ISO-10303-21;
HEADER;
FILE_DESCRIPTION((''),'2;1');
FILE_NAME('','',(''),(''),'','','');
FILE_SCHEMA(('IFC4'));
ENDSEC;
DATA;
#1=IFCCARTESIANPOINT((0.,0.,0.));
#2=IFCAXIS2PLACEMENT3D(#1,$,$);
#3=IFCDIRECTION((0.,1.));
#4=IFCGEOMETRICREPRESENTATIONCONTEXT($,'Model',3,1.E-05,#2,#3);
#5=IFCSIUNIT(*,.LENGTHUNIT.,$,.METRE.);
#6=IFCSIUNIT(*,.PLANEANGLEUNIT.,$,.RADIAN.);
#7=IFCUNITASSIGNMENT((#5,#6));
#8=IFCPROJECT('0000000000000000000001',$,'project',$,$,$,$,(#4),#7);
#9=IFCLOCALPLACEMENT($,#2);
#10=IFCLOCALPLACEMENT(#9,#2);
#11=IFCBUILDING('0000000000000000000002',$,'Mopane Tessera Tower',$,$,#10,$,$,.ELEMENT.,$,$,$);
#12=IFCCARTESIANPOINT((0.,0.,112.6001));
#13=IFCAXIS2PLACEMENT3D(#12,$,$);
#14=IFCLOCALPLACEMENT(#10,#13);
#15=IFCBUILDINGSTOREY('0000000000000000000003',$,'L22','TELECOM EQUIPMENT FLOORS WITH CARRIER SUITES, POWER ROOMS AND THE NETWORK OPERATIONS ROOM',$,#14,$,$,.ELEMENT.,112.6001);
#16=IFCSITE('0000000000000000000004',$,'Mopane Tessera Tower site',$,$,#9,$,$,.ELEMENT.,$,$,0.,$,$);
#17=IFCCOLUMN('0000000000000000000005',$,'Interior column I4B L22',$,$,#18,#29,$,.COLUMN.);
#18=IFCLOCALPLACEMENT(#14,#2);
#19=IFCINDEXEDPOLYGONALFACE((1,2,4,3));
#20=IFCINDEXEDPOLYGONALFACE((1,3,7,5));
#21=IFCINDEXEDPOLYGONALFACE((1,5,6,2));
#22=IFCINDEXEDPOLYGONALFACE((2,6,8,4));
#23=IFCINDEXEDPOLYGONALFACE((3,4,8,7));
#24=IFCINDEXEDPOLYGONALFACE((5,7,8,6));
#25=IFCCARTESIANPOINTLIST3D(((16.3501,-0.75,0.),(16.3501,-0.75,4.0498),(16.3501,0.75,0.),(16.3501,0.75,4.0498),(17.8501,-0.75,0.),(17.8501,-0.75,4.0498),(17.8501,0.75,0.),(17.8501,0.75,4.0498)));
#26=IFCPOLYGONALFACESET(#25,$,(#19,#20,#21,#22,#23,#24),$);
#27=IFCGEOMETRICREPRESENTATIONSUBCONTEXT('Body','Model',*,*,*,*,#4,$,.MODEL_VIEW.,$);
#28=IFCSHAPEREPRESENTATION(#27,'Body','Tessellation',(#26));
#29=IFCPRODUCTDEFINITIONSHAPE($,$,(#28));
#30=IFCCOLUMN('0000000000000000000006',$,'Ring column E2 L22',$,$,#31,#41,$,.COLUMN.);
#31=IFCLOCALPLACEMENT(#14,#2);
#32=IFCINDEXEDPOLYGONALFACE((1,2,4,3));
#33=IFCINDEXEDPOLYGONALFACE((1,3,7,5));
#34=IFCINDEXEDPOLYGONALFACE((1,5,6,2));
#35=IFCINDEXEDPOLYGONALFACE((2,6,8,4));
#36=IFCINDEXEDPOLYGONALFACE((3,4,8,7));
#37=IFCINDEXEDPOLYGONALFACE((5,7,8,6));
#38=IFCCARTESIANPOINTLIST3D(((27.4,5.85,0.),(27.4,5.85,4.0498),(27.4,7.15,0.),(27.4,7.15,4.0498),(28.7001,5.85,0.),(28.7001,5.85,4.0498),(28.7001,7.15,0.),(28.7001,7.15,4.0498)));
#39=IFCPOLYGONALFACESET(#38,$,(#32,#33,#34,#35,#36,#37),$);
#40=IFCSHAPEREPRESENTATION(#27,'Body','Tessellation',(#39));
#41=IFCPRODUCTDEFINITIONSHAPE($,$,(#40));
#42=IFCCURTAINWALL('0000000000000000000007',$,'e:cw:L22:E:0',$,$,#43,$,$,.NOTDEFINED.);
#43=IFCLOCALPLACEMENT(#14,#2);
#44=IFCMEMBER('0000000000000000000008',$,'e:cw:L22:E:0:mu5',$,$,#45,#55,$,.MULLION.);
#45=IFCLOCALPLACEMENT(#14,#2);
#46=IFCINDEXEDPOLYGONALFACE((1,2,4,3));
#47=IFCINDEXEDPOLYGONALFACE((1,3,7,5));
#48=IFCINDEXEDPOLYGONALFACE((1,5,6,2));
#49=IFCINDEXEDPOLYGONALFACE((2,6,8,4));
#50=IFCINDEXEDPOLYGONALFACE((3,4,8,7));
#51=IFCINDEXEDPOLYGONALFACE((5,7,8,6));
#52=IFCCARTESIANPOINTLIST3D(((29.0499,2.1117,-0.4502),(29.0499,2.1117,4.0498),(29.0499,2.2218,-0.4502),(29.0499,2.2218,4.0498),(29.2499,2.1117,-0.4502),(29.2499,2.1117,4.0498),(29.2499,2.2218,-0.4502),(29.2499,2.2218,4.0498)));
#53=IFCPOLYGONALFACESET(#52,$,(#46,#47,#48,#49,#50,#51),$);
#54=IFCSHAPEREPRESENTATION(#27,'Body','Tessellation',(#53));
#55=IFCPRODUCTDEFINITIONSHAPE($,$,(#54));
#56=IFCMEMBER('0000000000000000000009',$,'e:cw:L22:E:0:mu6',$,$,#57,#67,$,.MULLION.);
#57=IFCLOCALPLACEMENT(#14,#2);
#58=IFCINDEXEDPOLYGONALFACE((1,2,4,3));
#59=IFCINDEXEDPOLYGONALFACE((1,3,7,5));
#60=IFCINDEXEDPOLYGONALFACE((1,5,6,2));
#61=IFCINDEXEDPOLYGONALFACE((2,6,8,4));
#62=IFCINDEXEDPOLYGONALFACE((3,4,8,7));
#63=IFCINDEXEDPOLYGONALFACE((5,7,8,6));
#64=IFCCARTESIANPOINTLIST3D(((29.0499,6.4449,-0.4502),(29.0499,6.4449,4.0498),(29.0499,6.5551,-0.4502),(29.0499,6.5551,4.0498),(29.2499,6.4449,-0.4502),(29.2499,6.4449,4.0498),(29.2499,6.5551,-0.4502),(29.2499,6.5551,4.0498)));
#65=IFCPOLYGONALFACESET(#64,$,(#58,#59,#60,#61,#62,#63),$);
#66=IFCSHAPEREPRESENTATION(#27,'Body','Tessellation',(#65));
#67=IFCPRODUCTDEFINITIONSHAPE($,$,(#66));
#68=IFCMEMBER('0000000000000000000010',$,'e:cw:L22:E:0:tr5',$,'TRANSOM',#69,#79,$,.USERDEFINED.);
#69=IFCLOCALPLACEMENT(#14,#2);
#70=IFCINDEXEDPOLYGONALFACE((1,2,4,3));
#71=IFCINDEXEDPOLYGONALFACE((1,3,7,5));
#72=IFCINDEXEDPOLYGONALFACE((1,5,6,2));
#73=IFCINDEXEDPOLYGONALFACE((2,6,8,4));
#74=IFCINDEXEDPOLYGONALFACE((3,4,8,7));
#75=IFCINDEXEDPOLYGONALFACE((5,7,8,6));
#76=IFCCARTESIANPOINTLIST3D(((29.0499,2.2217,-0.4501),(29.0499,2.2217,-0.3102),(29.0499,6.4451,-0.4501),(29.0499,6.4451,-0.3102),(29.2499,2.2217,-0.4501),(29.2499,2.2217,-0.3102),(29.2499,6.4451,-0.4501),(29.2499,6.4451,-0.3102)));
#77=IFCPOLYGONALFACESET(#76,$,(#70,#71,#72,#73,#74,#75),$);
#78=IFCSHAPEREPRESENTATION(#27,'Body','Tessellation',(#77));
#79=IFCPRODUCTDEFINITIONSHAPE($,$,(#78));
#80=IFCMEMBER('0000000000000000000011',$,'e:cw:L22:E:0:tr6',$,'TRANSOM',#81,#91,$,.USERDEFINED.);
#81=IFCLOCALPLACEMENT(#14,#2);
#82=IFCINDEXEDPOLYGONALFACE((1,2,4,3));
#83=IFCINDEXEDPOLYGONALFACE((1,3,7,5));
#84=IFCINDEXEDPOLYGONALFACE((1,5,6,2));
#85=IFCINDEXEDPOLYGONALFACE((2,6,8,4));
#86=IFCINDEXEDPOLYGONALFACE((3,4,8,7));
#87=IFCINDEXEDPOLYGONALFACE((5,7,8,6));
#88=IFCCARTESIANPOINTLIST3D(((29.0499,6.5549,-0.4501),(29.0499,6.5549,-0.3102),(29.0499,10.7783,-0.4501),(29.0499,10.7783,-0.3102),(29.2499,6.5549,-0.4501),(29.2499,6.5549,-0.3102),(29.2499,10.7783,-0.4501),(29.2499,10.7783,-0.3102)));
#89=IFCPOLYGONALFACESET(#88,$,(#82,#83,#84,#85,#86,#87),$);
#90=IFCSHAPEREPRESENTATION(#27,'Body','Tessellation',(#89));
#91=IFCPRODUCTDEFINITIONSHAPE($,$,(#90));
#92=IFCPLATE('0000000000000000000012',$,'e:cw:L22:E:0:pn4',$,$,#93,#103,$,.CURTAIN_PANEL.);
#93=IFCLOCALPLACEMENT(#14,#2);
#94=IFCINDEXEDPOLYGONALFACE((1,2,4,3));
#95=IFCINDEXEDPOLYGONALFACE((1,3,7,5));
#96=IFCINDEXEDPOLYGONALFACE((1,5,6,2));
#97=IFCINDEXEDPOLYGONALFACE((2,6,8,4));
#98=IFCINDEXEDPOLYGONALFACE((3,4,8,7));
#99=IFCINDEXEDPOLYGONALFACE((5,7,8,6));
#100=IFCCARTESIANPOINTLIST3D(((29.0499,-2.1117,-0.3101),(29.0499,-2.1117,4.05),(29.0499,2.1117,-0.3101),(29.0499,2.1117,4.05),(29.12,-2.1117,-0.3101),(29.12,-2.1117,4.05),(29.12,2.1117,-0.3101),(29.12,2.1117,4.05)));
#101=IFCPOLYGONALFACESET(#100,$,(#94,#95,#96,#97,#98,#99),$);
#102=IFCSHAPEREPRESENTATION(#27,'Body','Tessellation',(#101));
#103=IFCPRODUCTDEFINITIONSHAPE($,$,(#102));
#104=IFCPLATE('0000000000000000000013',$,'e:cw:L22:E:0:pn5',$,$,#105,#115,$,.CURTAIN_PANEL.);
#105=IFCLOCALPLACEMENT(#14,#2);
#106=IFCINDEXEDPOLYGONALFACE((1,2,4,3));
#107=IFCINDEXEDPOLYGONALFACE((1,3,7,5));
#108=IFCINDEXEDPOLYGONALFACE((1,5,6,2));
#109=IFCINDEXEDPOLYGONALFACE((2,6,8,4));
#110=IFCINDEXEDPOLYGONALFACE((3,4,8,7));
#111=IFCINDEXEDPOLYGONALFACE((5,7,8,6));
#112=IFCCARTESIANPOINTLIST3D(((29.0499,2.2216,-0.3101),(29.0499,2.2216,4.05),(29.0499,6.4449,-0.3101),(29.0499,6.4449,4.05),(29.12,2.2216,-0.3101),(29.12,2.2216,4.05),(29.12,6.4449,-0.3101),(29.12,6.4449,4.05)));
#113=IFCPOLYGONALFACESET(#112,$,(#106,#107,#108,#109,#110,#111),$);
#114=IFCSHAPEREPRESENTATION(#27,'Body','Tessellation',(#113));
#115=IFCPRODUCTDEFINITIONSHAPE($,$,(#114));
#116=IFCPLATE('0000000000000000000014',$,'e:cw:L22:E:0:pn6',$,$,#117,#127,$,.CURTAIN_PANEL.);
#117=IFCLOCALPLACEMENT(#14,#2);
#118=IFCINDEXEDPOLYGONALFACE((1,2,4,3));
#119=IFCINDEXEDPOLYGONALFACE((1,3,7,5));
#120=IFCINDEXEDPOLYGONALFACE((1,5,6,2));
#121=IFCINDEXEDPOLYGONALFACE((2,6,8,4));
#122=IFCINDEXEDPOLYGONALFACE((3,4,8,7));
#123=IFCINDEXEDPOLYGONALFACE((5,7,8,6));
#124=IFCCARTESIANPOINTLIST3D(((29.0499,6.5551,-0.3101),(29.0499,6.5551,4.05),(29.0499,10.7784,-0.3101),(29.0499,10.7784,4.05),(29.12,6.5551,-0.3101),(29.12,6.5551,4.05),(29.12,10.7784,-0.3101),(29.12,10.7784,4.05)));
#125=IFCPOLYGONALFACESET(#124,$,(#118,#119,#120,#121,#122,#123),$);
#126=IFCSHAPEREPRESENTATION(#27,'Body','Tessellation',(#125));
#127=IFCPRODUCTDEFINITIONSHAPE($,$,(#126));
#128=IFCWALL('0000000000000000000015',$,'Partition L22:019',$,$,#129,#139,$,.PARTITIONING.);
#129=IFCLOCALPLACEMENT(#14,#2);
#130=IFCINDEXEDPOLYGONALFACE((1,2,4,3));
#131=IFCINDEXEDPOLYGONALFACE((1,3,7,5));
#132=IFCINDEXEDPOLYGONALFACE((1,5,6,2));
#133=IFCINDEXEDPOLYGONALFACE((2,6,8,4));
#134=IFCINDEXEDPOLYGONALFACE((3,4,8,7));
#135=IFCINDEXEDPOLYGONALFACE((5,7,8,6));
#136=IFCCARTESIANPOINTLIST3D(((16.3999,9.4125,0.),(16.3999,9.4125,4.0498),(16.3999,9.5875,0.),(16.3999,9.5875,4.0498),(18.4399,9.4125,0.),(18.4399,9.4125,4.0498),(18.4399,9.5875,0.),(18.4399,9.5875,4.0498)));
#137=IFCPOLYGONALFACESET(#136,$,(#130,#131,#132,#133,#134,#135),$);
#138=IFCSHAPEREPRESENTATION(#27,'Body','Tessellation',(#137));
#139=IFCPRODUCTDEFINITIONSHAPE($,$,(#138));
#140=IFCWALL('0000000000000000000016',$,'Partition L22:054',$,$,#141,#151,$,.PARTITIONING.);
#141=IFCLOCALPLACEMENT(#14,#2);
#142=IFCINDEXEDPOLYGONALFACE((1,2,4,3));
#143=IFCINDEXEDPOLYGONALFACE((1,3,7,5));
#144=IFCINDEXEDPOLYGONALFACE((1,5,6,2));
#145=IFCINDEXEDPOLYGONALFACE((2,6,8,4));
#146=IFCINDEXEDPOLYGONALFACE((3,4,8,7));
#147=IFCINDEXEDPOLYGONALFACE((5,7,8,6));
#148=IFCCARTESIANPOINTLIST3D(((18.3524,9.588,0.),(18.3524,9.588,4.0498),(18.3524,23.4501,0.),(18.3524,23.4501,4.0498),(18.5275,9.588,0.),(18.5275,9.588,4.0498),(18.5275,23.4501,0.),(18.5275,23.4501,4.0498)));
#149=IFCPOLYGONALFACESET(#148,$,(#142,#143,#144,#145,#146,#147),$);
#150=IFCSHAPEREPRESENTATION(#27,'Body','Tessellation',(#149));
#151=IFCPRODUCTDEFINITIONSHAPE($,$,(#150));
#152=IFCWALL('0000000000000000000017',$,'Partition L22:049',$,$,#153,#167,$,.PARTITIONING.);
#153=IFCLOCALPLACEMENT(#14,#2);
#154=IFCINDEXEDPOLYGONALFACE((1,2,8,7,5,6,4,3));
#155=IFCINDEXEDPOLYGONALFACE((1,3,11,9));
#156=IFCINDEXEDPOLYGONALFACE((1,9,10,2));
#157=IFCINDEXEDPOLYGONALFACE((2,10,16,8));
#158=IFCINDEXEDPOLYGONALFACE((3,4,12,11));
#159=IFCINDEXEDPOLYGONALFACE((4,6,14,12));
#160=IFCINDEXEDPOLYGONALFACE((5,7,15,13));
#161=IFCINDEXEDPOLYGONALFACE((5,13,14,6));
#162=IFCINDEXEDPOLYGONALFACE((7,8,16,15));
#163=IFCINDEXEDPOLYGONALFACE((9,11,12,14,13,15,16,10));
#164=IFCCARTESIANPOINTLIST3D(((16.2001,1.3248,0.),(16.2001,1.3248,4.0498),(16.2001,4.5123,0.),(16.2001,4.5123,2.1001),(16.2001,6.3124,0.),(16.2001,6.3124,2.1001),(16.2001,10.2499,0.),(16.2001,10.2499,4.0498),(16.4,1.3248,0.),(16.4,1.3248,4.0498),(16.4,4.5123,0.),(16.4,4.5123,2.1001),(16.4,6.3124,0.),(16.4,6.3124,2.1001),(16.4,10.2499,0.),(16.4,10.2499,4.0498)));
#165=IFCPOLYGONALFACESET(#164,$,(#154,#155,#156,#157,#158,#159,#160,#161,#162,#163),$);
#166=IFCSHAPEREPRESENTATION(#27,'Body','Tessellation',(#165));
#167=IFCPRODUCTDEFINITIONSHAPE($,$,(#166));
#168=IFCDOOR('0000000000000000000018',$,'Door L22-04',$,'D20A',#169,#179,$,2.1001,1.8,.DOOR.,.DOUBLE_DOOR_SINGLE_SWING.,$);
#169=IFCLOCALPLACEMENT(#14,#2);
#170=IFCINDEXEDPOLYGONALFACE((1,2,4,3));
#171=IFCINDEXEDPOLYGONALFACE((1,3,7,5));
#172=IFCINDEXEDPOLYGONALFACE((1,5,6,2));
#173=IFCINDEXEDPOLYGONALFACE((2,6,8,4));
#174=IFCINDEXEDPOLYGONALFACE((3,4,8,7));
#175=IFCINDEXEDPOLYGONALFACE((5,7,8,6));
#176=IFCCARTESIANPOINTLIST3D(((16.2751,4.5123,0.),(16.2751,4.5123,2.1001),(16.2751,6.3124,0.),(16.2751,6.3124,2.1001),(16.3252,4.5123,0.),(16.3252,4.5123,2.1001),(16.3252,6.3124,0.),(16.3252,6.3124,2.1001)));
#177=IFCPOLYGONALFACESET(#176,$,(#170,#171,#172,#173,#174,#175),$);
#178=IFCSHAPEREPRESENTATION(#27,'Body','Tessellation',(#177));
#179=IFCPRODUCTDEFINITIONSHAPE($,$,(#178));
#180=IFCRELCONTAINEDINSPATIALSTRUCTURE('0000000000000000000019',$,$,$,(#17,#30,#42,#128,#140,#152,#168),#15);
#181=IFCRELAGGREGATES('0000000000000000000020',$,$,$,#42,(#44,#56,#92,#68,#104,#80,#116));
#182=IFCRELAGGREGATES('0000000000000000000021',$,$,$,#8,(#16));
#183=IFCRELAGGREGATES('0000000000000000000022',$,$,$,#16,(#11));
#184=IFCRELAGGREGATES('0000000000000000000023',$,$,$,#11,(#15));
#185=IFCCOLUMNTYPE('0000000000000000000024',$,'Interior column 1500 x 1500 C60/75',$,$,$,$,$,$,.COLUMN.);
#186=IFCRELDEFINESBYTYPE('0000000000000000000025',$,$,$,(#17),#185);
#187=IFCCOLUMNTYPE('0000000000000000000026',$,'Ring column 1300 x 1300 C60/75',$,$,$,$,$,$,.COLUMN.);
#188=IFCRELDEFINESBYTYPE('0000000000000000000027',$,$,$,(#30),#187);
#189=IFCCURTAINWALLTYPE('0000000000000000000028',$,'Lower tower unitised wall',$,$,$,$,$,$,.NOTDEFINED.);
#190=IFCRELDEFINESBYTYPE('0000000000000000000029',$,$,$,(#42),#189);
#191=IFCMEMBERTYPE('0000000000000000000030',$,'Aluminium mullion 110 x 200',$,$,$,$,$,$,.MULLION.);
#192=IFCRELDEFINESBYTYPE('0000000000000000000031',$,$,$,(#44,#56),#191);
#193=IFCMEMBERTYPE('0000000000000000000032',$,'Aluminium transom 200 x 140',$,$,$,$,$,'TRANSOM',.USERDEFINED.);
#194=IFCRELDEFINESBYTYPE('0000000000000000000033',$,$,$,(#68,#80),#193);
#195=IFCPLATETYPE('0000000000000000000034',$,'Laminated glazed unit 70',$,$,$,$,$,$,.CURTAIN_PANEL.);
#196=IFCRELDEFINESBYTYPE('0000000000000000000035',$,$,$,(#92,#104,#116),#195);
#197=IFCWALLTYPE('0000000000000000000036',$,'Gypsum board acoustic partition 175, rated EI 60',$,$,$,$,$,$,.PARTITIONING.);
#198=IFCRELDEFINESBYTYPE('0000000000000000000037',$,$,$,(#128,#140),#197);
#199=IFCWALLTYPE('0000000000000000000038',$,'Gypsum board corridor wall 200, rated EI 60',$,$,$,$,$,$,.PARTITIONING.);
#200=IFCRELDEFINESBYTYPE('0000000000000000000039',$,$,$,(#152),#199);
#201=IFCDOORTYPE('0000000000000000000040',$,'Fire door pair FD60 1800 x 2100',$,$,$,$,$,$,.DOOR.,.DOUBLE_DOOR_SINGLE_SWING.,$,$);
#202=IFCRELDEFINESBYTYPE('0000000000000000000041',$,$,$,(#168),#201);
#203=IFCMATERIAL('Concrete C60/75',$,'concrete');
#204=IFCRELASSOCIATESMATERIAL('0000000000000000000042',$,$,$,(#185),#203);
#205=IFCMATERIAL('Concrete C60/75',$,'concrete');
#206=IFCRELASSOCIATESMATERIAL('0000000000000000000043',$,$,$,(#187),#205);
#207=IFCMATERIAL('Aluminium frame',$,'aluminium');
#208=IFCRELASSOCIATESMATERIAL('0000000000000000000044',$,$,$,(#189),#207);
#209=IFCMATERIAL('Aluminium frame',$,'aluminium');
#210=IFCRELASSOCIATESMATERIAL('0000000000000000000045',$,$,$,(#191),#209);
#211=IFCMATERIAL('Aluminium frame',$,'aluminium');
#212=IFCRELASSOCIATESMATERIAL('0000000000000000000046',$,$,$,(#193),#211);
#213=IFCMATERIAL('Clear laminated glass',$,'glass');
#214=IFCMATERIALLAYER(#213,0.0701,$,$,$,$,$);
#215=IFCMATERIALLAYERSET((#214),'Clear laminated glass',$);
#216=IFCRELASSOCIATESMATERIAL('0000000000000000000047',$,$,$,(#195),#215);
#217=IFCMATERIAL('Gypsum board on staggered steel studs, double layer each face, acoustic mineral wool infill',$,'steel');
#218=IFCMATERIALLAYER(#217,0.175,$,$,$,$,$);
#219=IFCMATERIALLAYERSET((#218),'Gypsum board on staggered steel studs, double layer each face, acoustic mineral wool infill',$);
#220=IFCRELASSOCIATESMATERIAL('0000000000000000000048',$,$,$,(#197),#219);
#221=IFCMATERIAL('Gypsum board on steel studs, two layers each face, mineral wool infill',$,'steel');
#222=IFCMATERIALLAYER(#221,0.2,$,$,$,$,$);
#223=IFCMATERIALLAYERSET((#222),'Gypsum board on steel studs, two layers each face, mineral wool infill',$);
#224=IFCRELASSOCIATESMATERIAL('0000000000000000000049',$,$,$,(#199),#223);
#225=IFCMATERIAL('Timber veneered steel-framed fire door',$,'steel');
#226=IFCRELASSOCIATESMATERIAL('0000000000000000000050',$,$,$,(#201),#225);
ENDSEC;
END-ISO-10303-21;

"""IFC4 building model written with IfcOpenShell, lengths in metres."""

from ifc_helpers import new_model, si_unit, direction, frame, frame_2d, origin, origin_2d, place, context, subcontext, project, spatial, rectangle, extrude, material, layer, layer_set, material_profile, profile_set, type_object, element, fill, aggregate, save


model = new_model("IFC4")

# Units and contexts
model_context = context("Model", 3, precision=1e-05, world=origin(), true_north=direction((0.0, 1.0)))
body_context = subcontext(model_context, "Body", "Model", "MODEL_VIEW")
ifc_project = project(units=[si_unit("LENGTHUNIT", "METRE"), si_unit("PLANEANGLEUNIT", "RADIAN")], contexts=[model_context])

# Site, building, storey
site_placement = place(None, origin())
site = spatial("IfcSite", under=ifc_project, at=site_placement, Name="Mopane Tessera Tower site", CompositionType="ELEMENT", RefElevation=0.0)
building_placement = place(site_placement, origin())
building = spatial("IfcBuilding", under=site, at=building_placement, Name="Mopane Tessera Tower", CompositionType="ELEMENT")
storey_placement = place(building_placement, frame((0.0, 0.0, 112.6001)))
storey = spatial("IfcBuildingStorey", under=building, at=storey_placement, Name="L22", Description="TELECOM EQUIPMENT FLOORS WITH CARRIER SUITES, POWER ROOMS AND THE NETWORK OPERATIONS ROOM", CompositionType="ELEMENT", Elevation=112.6001)

# Columns
ifc_material_1 = material(Name="Concrete C60/75", Category="concrete")
ifc_material_profile_1 = material_profile(ifc_material_1, rectangle(XDim=1.5, YDim=1.5, at=origin_2d()))
ifc_profile_set_1 = profile_set([ifc_material_profile_1], Name="Concrete C60/75")
column_type_1 = type_object("IfcColumnType", Name="Interior column 1500 x 1500 C60/75", PredefinedType="COLUMN", material=ifc_profile_set_1)
column_1_placement = place(storey_placement, frame((17.1001, 0.0, 0.0), z_axis=(0.0, 0.0, 1.0), x_axis=(1.0, 0.0, 0.0)))
element("IfcColumn", 1, at=column_1_placement, inside=storey, type_object=column_type_1, Name="Interior column I4B L22", PredefinedType="COLUMN", context=body_context, shape_type="SweptSolid", body=[
    extrude(rectangle(XDim=1.5, YDim=1.5, at=origin_2d()), origin(), (0.0, 0.0, 1.0), 4.0498),
])
ifc_material_2 = material(Name="Concrete C60/75", Category="concrete")
ifc_material_profile_2 = material_profile(ifc_material_2, rectangle(XDim=1.3, YDim=1.3, at=origin_2d()))
ifc_profile_set_2 = profile_set([ifc_material_profile_2], Name="Concrete C60/75")
column_type_2 = type_object("IfcColumnType", Name="Ring column 1300 x 1300 C60/75", PredefinedType="COLUMN", material=ifc_profile_set_2)
column_2_placement = place(storey_placement, frame((28.05, 6.5, 0.0), z_axis=(0.0, 0.0, 1.0), x_axis=(1.0, 0.0, 0.0)))
element("IfcColumn", 2, at=column_2_placement, inside=storey, type_object=column_type_2, Name="Ring column E2 L22", PredefinedType="COLUMN", context=body_context, shape_type="SweptSolid", body=[
    extrude(rectangle(XDim=1.3, YDim=1.3, at=origin_2d()), origin(), (0.0, 0.0, 1.0), 4.0498),
])

# Curtain wall, members, plates
ifc_material_3 = material(Name="Aluminium frame", Category="aluminium")
curtain_wall_type = type_object("IfcCurtainWallType", Name="Lower tower unitised wall", PredefinedType="NOTDEFINED", material=ifc_material_3)
curtain_wall_placement = place(storey_placement, origin())
curtain_wall = element("IfcCurtainWall", 3, at=curtain_wall_placement, inside=storey, type_object=curtain_wall_type, Name="e:cw:L22:E:0", PredefinedType="NOTDEFINED")
ifc_material_4 = material(Name="Aluminium frame", Category="aluminium")
ifc_material_profile_3 = material_profile(ifc_material_4, rectangle(XDim=0.1101, YDim=0.2, at=origin_2d()))
ifc_profile_set_3 = profile_set([ifc_material_profile_3], Name="Aluminium frame")
member_type_1 = type_object("IfcMemberType", Name="Aluminium mullion 110 x 200", PredefinedType="MULLION", material=ifc_profile_set_3)
member_1_placement = place(storey_placement, frame((29.1499, 2.1667, -0.4502), z_axis=(0.0, 0.0, 1.0), x_axis=(0.0, 1.0, 0.0)))
member_1 = element("IfcMember", 4, at=member_1_placement, type_object=member_type_1, Name="e:cw:L22:E:0:mu5", PredefinedType="MULLION", context=body_context, shape_type="SweptSolid", body=[
    extrude(rectangle(XDim=0.1101, YDim=0.2, at=origin_2d()), origin(), (0.0, 0.0, 1.0), 4.5),
])
member_2_placement = place(storey_placement, frame((29.1499, 6.5, -0.4502), z_axis=(0.0, 0.0, 1.0), x_axis=(0.0, 1.0, 0.0)))
member_2 = element("IfcMember", 5, at=member_2_placement, type_object=member_type_1, Name="e:cw:L22:E:0:mu6", PredefinedType="MULLION", context=body_context, shape_type="SweptSolid", body=[
    extrude(rectangle(XDim=0.1101, YDim=0.2, at=origin_2d()), origin(), (0.0, 0.0, 1.0), 4.5),
])
ifc_material_5 = material(Name="Aluminium frame", Category="aluminium")
ifc_material_profile_4 = material_profile(ifc_material_5, rectangle(XDim=0.2, YDim=0.1399, at=origin_2d()))
ifc_profile_set_4 = profile_set([ifc_material_profile_4], Name="Aluminium frame")
member_type_2 = type_object("IfcMemberType", Name="Aluminium transom 200 x 140", ElementType="TRANSOM", PredefinedType="USERDEFINED", material=ifc_profile_set_4)
member_3_placement = place(storey_placement, frame((29.1499, 2.2217, -0.3801), z_axis=(0.0, 1.0, 0.0), x_axis=(-1.0, 0.0, 0.0)))
member_3 = element("IfcMember", 6, at=member_3_placement, type_object=member_type_2, Name="e:cw:L22:E:0:tr5", ObjectType="TRANSOM", PredefinedType="USERDEFINED", context=body_context, shape_type="SweptSolid", body=[
    extrude(rectangle(XDim=0.2, YDim=0.1399, at=origin_2d()), origin(), (0.0, 0.0, 1.0), 4.2234),
])
member_4_placement = place(storey_placement, frame((29.1499, 6.5549, -0.3801), z_axis=(0.0, 1.0, 0.0), x_axis=(-1.0, 0.0, 0.0)))
member_4 = element("IfcMember", 7, at=member_4_placement, type_object=member_type_2, Name="e:cw:L22:E:0:tr6", ObjectType="TRANSOM", PredefinedType="USERDEFINED", context=body_context, shape_type="SweptSolid", body=[
    extrude(rectangle(XDim=0.2, YDim=0.1399, at=origin_2d()), origin(), (0.0, 0.0, 1.0), 4.2234),
])
ifc_material_6 = material(Name="Clear laminated glass", Category="glass")
ifc_layer_1 = layer(ifc_material_6, 0.0701)
ifc_layer_set_1 = layer_set([ifc_layer_1], Name="Clear laminated glass")
plate_type = type_object("IfcPlateType", Name="Laminated glazed unit 70", PredefinedType="CURTAIN_PANEL", material=ifc_layer_set_1)
plate_1_placement = place(storey_placement, frame((29.085, 0.0, -0.3101), z_axis=(0.0, 0.0, 1.0), x_axis=(0.0, 1.0, 0.0)))
plate_1 = element("IfcPlate", 8, at=plate_1_placement, type_object=plate_type, Name="e:cw:L22:E:0:pn4", PredefinedType="CURTAIN_PANEL", context=body_context, shape_type="SweptSolid", body=[
    extrude(rectangle(XDim=4.2234, YDim=0.0701, at=origin_2d()), origin(), (0.0, 0.0, 1.0), 4.3601),
])
plate_2_placement = place(storey_placement, frame((29.085, 4.3333, -0.3101), z_axis=(0.0, 0.0, 1.0), x_axis=(0.0, 1.0, 0.0)))
plate_2 = element("IfcPlate", 9, at=plate_2_placement, type_object=plate_type, Name="e:cw:L22:E:0:pn5", PredefinedType="CURTAIN_PANEL", context=body_context, shape_type="SweptSolid", body=[
    extrude(rectangle(XDim=4.2234, YDim=0.0701, at=origin_2d()), origin(), (0.0, 0.0, 1.0), 4.3601),
])
plate_3_placement = place(storey_placement, frame((29.085, 8.6667, -0.3101), z_axis=(0.0, 0.0, 1.0), x_axis=(0.0, 1.0, 0.0)))
plate_3 = element("IfcPlate", 10, at=plate_3_placement, type_object=plate_type, Name="e:cw:L22:E:0:pn6", PredefinedType="CURTAIN_PANEL", context=body_context, shape_type="SweptSolid", body=[
    extrude(rectangle(XDim=4.2234, YDim=0.0701, at=origin_2d()), origin(), (0.0, 0.0, 1.0), 4.3601),
])
aggregate(curtain_wall, [member_1, member_2, plate_1, member_3, plate_2, member_4, plate_3])

# Walls
ifc_material_7 = material(Name="Gypsum board on staggered steel studs, double layer each face, acoustic mineral wool infill", Category="steel")
ifc_layer_2 = layer(ifc_material_7, 0.175)
ifc_layer_set_2 = layer_set([ifc_layer_2], Name="Gypsum board on staggered steel studs, double layer each face, acoustic mineral wool infill")
wall_type_1 = type_object("IfcWallType", Name="Gypsum board acoustic partition 175, rated EI 60", PredefinedType="PARTITIONING", material=ifc_layer_set_2)
wall_1_placement = place(storey_placement, frame((16.3999, 9.5, 0.0), z_axis=(0.0, 0.0, 1.0), x_axis=(1.0, 0.0, 0.0)))
element("IfcWall", 11, at=wall_1_placement, inside=storey, type_object=wall_type_1, Name="Partition L22:019", PredefinedType="PARTITIONING", context=body_context, shape_type="SweptSolid", body=[
    extrude(rectangle(XDim=2.04, YDim=0.175, at=frame_2d((1.02, 0.0))), origin(), (0.0, 0.0, 1.0), 4.0498),
])
wall_2_placement = place(storey_placement, frame((18.4399, 9.5879, 0.0), z_axis=(0.0, 0.0, 1.0), x_axis=(0.0, 1.0, 0.0)))
element("IfcWall", 12, at=wall_2_placement, inside=storey, type_object=wall_type_1, Name="Partition L22:054", PredefinedType="PARTITIONING", context=body_context, shape_type="SweptSolid", body=[
    extrude(rectangle(XDim=13.8621, YDim=0.175, at=frame_2d((6.9312, 0.0))), origin(), (0.0, 0.0, 1.0), 4.0498),
])

# Wall, opening, door
ifc_material_8 = material(Name="Gypsum board on steel studs, two layers each face, mineral wool infill", Category="steel")
ifc_layer_3 = layer(ifc_material_8, 0.2)
ifc_layer_set_3 = layer_set([ifc_layer_3], Name="Gypsum board on steel studs, two layers each face, mineral wool infill")
wall_type_2 = type_object("IfcWallType", Name="Gypsum board corridor wall 200, rated EI 60", PredefinedType="PARTITIONING", material=ifc_layer_set_3)
wall_3_placement = place(storey_placement, frame((16.3, 1.325, 0.0), z_axis=(0.0, 0.0, 1.0), x_axis=(0.0, 1.0, 0.0)))
wall_3 = element("IfcWall", 13, at=wall_3_placement, inside=storey, type_object=wall_type_2, Name="Partition L22:049", PredefinedType="PARTITIONING", context=body_context, shape_type="SweptSolid", body=[
    extrude(rectangle(XDim=8.925, YDim=0.2, at=frame_2d((4.4624, 0.0))), origin(), (0.0, 0.0, 1.0), 4.0498),
])
opening_placement = place(wall_3_placement, frame((3.1875, 0.0, 0.0)))
opening = element("IfcOpeningElement", 14, at=opening_placement, cuts=wall_3, PredefinedType="OPENING", context=body_context, shape_type="SweptSolid", body=[
    extrude(rectangle(XDim=1.8, YDim=2.1001, at=frame_2d((0.8999, 1.05))), frame((0.0, 0.1121, 0.0), z_axis=(0.0, -1.0, 0.0), x_axis=(1.0, 0.0, 0.0)), (0.0, 0.0, 1.0), 0.2239),
])
ifc_material_9 = material(Name="Timber veneered steel-framed fire door", Category="steel")
door_type = type_object("IfcDoorType", Name="Fire door pair FD60 1800 x 2100", OperationType="DOUBLE_DOOR_SINGLE_SWING", PredefinedType="DOOR", material=ifc_material_9)
door_placement = place(opening_placement, origin())
door = element("IfcDoor", 15, at=door_placement, inside=storey, type_object=door_type, Name="Door L22-04", ObjectType="D20A", OperationType="DOUBLE_DOOR_SINGLE_SWING", OverallHeight=2.1001, OverallWidth=1.8, PredefinedType="DOOR", context=body_context, shape_type="SweptSolid", body=[
    extrude(rectangle(XDim=1.8, YDim=2.1001, at=frame_2d((0.8999, 1.05))), frame((0.0, 0.0249, 0.0), z_axis=(0.0, -1.0, 0.0), x_axis=(1.0, 0.0, 0.0)), (0.0, 0.0, 1.0), 0.05),
])
fill(opening, door)

save(model, "model.ifc")
